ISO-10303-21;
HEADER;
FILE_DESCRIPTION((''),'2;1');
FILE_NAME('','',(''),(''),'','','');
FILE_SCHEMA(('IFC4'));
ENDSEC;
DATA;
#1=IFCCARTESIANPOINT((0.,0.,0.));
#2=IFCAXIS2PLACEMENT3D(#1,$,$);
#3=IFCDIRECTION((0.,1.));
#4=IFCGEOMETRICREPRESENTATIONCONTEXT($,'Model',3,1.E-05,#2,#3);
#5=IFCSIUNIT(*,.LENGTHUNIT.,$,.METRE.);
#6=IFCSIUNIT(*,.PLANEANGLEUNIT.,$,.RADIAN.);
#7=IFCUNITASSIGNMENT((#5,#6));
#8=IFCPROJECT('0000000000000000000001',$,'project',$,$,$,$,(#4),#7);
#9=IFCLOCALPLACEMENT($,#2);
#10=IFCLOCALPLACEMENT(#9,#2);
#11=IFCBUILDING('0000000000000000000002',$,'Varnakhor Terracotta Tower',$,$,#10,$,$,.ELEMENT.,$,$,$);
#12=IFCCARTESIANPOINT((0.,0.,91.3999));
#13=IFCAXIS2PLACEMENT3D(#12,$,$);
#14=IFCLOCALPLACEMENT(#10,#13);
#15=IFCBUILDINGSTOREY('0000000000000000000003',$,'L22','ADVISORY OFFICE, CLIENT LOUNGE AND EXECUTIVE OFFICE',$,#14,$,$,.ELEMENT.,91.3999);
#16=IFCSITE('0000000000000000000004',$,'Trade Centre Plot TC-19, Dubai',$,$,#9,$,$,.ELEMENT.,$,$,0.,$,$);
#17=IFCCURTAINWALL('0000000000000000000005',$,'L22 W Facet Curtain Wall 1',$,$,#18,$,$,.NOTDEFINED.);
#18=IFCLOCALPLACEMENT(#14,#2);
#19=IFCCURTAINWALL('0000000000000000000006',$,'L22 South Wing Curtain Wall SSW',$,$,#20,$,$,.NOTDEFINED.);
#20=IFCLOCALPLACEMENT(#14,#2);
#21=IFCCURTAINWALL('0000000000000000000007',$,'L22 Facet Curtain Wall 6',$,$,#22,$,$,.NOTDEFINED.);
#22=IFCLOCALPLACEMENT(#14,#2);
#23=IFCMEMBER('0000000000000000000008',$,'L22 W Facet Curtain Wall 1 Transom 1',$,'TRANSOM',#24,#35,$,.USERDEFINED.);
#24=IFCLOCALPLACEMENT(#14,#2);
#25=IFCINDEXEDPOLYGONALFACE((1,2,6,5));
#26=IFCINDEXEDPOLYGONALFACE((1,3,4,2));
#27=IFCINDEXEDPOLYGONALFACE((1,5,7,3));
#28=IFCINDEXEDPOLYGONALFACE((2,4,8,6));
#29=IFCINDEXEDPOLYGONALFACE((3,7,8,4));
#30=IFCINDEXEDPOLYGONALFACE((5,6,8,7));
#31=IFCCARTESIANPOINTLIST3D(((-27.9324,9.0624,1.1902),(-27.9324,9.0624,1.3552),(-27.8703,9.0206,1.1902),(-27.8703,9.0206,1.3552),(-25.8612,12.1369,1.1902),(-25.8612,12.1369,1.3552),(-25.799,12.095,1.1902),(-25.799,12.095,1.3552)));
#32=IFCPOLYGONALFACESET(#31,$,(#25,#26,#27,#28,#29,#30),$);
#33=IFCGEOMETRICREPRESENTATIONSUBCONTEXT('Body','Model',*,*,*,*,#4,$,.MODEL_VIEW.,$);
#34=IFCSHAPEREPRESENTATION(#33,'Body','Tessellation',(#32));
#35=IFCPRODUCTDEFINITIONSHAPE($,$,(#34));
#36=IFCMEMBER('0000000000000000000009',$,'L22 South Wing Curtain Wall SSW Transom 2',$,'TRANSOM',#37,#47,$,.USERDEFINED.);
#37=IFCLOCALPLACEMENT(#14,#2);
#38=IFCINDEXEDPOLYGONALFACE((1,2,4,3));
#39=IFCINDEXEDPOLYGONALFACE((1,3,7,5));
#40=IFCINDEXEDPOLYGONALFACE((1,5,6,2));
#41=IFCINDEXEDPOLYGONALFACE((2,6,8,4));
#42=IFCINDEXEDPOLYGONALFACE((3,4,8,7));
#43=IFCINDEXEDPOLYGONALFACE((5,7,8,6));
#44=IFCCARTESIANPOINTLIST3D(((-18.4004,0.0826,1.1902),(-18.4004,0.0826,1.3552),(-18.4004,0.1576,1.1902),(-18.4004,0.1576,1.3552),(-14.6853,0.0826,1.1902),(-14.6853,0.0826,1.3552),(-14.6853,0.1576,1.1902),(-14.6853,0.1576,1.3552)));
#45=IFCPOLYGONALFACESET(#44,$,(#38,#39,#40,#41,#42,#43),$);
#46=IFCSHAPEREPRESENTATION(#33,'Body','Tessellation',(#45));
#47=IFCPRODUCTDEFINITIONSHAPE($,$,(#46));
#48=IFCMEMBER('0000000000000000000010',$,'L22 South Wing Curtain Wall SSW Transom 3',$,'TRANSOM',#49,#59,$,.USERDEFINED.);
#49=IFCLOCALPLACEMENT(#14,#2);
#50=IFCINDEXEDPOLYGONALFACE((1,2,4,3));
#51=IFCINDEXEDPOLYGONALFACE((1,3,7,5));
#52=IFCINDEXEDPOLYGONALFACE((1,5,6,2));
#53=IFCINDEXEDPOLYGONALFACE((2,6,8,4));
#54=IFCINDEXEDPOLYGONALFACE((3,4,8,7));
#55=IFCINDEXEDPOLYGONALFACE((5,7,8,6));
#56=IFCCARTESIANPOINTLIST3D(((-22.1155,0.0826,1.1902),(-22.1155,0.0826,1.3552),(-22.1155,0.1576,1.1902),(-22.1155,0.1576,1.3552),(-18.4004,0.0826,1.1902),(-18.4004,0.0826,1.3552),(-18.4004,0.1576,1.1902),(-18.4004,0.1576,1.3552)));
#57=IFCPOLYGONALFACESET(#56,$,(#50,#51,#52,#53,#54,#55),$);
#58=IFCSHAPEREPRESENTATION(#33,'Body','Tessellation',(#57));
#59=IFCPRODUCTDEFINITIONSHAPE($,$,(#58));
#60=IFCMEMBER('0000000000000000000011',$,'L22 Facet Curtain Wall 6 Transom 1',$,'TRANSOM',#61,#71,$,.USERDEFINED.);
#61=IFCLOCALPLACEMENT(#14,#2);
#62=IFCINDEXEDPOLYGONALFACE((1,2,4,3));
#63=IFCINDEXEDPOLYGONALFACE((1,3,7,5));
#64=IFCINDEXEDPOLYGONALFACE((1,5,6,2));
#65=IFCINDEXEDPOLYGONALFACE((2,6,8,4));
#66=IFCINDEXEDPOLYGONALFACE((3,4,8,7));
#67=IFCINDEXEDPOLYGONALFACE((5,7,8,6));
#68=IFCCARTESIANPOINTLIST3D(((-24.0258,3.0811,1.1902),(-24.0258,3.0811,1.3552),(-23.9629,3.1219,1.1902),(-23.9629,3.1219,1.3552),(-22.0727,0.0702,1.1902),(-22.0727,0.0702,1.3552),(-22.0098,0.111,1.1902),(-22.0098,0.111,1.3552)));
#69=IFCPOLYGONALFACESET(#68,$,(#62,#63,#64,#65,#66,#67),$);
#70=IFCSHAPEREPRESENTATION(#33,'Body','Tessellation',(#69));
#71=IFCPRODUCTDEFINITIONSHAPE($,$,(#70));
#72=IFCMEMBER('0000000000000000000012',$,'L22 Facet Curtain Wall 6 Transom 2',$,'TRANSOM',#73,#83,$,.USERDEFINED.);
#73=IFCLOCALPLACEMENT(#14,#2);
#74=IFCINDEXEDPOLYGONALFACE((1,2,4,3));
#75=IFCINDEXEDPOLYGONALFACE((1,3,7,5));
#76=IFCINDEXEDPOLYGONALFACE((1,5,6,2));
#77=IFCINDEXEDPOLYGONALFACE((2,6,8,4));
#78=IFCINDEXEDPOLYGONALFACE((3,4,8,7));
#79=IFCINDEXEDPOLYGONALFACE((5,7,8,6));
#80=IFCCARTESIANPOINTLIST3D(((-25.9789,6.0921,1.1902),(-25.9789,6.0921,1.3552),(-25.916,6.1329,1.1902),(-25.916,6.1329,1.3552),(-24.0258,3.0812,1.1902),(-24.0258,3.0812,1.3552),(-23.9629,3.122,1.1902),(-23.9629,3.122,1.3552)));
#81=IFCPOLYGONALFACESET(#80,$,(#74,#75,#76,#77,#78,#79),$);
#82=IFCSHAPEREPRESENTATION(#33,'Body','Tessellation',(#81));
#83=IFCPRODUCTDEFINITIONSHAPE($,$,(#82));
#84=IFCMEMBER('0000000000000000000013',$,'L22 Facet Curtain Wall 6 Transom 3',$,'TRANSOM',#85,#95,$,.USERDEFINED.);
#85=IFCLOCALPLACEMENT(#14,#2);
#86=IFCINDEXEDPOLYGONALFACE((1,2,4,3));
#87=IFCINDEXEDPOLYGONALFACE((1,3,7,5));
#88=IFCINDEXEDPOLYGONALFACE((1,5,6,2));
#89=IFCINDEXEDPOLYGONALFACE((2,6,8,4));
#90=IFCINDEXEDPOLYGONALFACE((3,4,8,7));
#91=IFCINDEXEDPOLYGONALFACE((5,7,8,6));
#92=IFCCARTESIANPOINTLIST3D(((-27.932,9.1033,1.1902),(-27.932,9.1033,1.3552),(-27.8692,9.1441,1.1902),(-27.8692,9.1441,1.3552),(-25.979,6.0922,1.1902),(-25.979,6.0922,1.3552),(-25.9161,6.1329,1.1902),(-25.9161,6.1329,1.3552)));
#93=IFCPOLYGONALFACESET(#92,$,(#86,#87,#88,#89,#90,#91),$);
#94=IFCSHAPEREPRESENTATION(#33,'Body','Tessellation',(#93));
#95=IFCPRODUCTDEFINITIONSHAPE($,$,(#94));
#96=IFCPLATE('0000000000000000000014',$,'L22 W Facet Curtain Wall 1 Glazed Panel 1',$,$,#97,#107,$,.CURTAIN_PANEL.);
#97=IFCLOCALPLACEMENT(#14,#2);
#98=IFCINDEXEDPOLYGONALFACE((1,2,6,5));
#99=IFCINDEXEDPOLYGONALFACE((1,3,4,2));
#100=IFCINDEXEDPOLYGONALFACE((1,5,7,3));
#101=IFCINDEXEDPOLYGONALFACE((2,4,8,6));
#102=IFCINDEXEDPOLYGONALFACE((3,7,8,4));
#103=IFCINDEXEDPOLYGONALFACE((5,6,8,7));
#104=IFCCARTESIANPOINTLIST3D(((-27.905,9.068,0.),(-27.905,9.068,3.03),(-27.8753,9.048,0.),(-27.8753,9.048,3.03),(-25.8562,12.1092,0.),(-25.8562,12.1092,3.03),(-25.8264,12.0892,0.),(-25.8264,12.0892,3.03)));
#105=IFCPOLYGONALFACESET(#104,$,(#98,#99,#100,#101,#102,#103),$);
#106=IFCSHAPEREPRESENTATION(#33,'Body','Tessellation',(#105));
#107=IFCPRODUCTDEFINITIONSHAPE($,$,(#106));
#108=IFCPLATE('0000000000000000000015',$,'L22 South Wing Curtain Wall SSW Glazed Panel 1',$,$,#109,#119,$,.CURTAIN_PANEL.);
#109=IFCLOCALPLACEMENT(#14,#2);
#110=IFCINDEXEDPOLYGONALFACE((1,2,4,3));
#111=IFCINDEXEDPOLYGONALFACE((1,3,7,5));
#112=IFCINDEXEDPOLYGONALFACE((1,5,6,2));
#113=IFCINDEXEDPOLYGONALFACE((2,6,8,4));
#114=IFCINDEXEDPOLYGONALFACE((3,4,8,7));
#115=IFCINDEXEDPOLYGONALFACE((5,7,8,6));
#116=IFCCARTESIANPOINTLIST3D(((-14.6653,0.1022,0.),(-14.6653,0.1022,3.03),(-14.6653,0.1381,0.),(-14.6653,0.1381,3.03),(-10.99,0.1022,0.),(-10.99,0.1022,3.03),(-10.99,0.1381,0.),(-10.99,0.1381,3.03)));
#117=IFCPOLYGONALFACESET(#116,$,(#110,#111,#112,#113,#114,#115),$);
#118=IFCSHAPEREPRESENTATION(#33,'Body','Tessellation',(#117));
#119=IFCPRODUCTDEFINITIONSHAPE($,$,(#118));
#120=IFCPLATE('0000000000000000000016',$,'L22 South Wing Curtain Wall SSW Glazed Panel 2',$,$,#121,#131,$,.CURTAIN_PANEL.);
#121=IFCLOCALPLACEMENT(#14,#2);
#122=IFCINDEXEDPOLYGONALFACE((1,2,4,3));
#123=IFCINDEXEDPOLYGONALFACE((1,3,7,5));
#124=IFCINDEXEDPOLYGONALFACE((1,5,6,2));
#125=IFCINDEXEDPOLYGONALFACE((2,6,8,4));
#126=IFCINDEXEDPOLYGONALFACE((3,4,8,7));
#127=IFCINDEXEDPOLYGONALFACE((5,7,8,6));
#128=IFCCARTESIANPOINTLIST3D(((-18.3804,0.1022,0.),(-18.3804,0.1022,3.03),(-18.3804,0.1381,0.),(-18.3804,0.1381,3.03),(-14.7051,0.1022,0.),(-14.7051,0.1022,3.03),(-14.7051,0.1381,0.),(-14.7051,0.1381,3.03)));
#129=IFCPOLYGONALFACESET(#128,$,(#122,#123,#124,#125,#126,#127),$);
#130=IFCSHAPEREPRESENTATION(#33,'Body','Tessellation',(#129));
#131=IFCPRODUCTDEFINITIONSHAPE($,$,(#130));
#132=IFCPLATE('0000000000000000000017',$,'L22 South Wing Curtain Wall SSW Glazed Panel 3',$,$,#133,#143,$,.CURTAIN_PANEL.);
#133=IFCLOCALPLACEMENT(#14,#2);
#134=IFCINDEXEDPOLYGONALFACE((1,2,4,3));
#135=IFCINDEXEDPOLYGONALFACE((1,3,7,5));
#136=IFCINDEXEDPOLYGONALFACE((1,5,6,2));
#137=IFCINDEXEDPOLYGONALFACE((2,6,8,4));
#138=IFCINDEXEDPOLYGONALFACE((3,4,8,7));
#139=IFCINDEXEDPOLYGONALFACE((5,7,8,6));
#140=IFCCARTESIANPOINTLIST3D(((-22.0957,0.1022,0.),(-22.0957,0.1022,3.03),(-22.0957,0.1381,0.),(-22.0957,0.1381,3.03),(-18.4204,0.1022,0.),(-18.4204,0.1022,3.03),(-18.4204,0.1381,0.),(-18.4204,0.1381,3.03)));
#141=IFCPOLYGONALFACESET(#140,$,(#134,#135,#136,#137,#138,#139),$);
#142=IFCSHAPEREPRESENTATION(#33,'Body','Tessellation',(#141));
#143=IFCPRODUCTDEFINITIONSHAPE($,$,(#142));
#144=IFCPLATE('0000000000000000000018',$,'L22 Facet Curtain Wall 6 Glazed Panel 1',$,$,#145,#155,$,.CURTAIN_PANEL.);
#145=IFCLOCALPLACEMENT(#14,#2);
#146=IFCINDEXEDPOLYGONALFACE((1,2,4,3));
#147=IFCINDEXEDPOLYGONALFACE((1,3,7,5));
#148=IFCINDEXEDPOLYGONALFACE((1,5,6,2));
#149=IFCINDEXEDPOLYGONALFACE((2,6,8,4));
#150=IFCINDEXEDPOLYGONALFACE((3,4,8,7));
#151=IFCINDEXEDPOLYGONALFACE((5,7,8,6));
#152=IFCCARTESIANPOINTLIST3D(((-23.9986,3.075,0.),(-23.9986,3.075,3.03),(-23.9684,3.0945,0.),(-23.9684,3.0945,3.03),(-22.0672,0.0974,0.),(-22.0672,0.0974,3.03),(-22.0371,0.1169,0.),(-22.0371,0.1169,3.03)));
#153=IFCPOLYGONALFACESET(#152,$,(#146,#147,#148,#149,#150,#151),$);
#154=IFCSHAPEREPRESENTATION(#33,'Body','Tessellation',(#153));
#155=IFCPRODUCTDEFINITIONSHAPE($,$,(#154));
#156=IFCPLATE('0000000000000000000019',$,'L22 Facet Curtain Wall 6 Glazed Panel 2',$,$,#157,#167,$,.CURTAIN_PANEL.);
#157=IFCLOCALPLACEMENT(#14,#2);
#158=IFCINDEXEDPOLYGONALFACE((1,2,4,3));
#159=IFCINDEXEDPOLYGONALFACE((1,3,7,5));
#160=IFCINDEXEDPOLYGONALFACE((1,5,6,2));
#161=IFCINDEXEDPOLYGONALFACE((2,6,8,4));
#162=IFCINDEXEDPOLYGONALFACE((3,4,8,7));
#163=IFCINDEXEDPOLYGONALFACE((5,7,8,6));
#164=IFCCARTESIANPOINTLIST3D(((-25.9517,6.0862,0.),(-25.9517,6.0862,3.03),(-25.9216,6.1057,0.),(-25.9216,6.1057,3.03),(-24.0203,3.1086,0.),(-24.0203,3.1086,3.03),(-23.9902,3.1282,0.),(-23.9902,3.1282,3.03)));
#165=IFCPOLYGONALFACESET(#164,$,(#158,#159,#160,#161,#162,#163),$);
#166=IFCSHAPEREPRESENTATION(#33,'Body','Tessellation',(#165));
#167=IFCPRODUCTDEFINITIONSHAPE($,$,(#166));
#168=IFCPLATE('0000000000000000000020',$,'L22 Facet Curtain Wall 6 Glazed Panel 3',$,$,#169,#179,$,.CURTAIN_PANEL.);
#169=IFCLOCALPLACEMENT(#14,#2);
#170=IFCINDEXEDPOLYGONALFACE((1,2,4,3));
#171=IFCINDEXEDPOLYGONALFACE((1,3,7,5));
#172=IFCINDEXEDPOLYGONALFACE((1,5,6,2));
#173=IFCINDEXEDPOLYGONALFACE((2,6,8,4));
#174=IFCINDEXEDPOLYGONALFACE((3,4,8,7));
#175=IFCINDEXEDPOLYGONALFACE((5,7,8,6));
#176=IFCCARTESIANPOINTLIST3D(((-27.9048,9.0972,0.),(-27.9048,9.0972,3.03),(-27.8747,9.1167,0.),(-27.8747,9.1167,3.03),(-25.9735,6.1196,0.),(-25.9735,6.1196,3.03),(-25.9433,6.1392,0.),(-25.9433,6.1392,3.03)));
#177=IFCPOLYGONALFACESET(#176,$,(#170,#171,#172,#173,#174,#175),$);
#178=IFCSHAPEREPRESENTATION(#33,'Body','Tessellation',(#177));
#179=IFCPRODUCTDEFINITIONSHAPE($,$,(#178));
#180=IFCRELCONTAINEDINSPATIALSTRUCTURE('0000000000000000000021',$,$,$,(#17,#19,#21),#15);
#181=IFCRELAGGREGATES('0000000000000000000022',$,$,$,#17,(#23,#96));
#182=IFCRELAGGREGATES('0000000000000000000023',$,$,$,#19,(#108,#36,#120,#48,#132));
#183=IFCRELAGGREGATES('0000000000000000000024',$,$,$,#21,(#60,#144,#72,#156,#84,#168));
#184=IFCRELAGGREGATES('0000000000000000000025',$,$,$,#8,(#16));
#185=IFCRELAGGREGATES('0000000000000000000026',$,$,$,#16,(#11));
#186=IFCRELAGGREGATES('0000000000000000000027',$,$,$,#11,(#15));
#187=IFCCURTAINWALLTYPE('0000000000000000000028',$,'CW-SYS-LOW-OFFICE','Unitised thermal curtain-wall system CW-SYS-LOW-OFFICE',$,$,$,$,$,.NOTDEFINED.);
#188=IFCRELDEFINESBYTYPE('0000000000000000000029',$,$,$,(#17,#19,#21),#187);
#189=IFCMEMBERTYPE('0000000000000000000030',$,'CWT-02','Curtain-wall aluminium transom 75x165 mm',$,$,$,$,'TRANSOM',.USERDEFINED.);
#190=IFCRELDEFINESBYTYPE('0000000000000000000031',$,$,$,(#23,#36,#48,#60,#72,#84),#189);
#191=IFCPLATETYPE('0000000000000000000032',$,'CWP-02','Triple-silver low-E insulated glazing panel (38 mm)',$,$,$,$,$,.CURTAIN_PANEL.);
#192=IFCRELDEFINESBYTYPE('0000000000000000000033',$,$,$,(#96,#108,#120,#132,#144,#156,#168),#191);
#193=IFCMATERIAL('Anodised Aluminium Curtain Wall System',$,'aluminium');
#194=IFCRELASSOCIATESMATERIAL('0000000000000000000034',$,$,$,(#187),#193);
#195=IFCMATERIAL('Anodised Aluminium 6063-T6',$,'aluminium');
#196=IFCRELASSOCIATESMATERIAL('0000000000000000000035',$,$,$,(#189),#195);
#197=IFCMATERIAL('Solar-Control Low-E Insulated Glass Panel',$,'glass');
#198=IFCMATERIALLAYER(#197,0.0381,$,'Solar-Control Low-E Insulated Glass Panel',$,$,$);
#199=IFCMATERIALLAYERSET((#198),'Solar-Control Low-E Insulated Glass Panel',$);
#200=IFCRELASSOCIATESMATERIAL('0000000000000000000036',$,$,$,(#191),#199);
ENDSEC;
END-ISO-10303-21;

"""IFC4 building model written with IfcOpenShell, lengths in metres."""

from ifc_helpers import new_model, si_unit, direction, frame, origin, origin_2d, place, context, subcontext, project, spatial, rectangle, extrude, source, transform, mapped, material, layer, layer_set, material_profile, profile_set, type_object, element, aggregate, save


model = new_model("IFC4")

# Units and contexts
model_context = context("Model", 3, precision=1e-05, world=origin(), true_north=direction((0.0, 1.0)))
body_context = subcontext(model_context, "Body", "Model", "MODEL_VIEW")
ifc_project = project(units=[si_unit("LENGTHUNIT", "METRE"), si_unit("PLANEANGLEUNIT", "RADIAN")], contexts=[model_context])

# Site, building, storey
site_placement = place(None, origin())
site = spatial("IfcSite", under=ifc_project, at=site_placement, Name="Trade Centre Plot TC-19, Dubai", CompositionType="ELEMENT", RefElevation=0.0)
building_placement = place(site_placement, origin())
building = spatial("IfcBuilding", under=site, at=building_placement, Name="Varnakhor Terracotta Tower", CompositionType="ELEMENT")
storey_placement = place(building_placement, frame((0.0, 0.0, 91.3999)))
storey = spatial("IfcBuildingStorey", under=building, at=storey_placement, Name="L22", Description="ADVISORY OFFICE, CLIENT LOUNGE AND EXECUTIVE OFFICE", CompositionType="ELEMENT", Elevation=91.3999)

# Curtain wall
ifc_material_1 = material(Name="Anodised Aluminium Curtain Wall System", Category="aluminium")
curtain_wall_type = type_object("IfcCurtainWallType", Name="CW-SYS-LOW-OFFICE", Description="Unitised thermal curtain-wall system CW-SYS-LOW-OFFICE", PredefinedType="NOTDEFINED", material=ifc_material_1)
curtain_wall_1_placement = place(storey_placement, origin())
curtain_wall_1 = element("IfcCurtainWall", 1, at=curtain_wall_1_placement, inside=storey, type_object=curtain_wall_type, Name="L22 W Facet Curtain Wall 1", PredefinedType="NOTDEFINED")
ifc_material_2 = material(Name="Anodised Aluminium 6063-T6", Category="aluminium")

# Curtain walls
curtain_wall_2_placement = place(storey_placement, origin())
curtain_wall_2 = element("IfcCurtainWall", 2, at=curtain_wall_2_placement, inside=storey, type_object=curtain_wall_type, Name="L22 South Wing Curtain Wall SSW", PredefinedType="NOTDEFINED")
curtain_wall_3_placement = place(storey_placement, origin())
curtain_wall_3 = element("IfcCurtainWall", 3, at=curtain_wall_3_placement, inside=storey, type_object=curtain_wall_type, Name="L22 Facet Curtain Wall 6", PredefinedType="NOTDEFINED")

# Members
ifc_material_profile_1 = material_profile(ifc_material_2, rectangle(XDim=0.075, YDim=0.165, at=origin_2d()), Name="ALU TRANSOM 75x165")
ifc_profile_set_1 = profile_set([ifc_material_profile_1], Name="Anodised Aluminium 6063-T6")
member_type_1 = type_object("IfcMemberType", Name="CWT-02", Description="Curtain-wall aluminium transom 75x165 mm", ElementType="TRANSOM", PredefinedType="USERDEFINED", material=ifc_profile_set_1)
shared_shape_1 = source(origin(), body_context, "Body", "SweptSolid", [
    extrude(rectangle(XDim=0.075, YDim=0.165, at=origin_2d()), origin(), (0.0, 0.0, 1.0), 3.707),
])
member_1_placement = place(storey_placement, frame((-27.9014, 9.0415, 1.2727), z_axis=(0.558736, 0.829345, 0.0), x_axis=(-0.829345, 0.558736, 0.0)))
member_1 = element("IfcMember", 4, at=member_1_placement, type_object=member_type_1, Name="L22 W Facet Curtain Wall 1 Transom 1", ObjectType="TRANSOM", PredefinedType="USERDEFINED", context=body_context, shape_type="MappedRepresentation", body=[
    mapped(shared_shape_1, transform((0.0, 0.0, 0.0), scale=1.0)),
])
shared_shape_2 = source(origin(), body_context, "Body", "SweptSolid", [
    extrude(rectangle(XDim=0.075, YDim=0.165, at=origin_2d()), origin(), (0.0, 0.0, 1.0), 3.7151),
])
member_2_placement = place(storey_placement, frame((-14.6853, 0.1201, 1.2727), z_axis=(-1.0, 0.0, 0.0), x_axis=(0.0, -1.0, 0.0)))
member_2 = element("IfcMember", 5, at=member_2_placement, type_object=member_type_1, Name="L22 South Wing Curtain Wall SSW Transom 2", ObjectType="TRANSOM", PredefinedType="USERDEFINED", context=body_context, shape_type="MappedRepresentation", body=[
    mapped(shared_shape_2, transform((0.0, 0.0, 0.0), scale=1.0)),
])
member_3_placement = place(storey_placement, frame((-18.4004, 0.1201, 1.2727), z_axis=(-1.0, 0.0, 0.0), x_axis=(0.0, -1.0, 0.0)))
member_3 = element("IfcMember", 6, at=member_3_placement, type_object=member_type_1, Name="L22 South Wing Curtain Wall SSW Transom 3", ObjectType="TRANSOM", PredefinedType="USERDEFINED", context=body_context, shape_type="MappedRepresentation", body=[
    mapped(shared_shape_2, transform((0.0, 0.0, 0.0), scale=1.0)),
])
shared_shape_3 = source(origin(), body_context, "Body", "SweptSolid", [
    extrude(rectangle(XDim=0.075, YDim=0.165, at=origin_2d()), origin(), (0.0, 0.0, 1.0), 3.5889),
])
member_4_placement = place(storey_placement, frame((-22.0413, 0.0906, 1.2727), z_axis=(-0.544201, 0.838955, 0.0), x_axis=(-0.838955, -0.544201, 0.0)))
member_4 = element("IfcMember", 7, at=member_4_placement, type_object=member_type_1, Name="L22 Facet Curtain Wall 6 Transom 1", ObjectType="TRANSOM", PredefinedType="USERDEFINED", context=body_context, shape_type="MappedRepresentation", body=[
    mapped(shared_shape_3, transform((0.0, 0.0, 0.0), scale=1.0)),
])
member_5_placement = place(storey_placement, frame((-23.9944, 3.1016, 1.2727), z_axis=(-0.544201, 0.838955, 0.0), x_axis=(-0.838955, -0.544201, 0.0)))
member_5 = element("IfcMember", 8, at=member_5_placement, type_object=member_type_1, Name="L22 Facet Curtain Wall 6 Transom 2", ObjectType="TRANSOM", PredefinedType="USERDEFINED", context=body_context, shape_type="MappedRepresentation", body=[
    mapped(shared_shape_3, transform((0.0, 0.0, 0.0), scale=1.0)),
])
shared_shape_4 = source(origin(), body_context, "Body", "SweptSolid", [
    extrude(rectangle(XDim=0.075, YDim=0.165, at=origin_2d()), origin(), (0.0, 0.0, 1.0), 3.5891),
])
member_6_placement = place(storey_placement, frame((-25.9475, 6.1125, 1.2727), z_axis=(-0.54417, 0.838975, 0.0), x_axis=(-0.838975, -0.54417, 0.0)))
member_6 = element("IfcMember", 9, at=member_6_placement, type_object=member_type_1, Name="L22 Facet Curtain Wall 6 Transom 3", ObjectType="TRANSOM", PredefinedType="USERDEFINED", context=body_context, shape_type="MappedRepresentation", body=[
    mapped(shared_shape_4, transform((0.0, 0.0, 0.0), scale=1.0)),
])

# Plates
ifc_material_3 = material(Name="Solar-Control Low-E Insulated Glass Panel", Category="glass")
ifc_layer_1 = layer(ifc_material_3, 0.0381, Name="Solar-Control Low-E Insulated Glass Panel")
ifc_layer_set_1 = layer_set([ifc_layer_1], Name="Solar-Control Low-E Insulated Glass Panel")
plate_type = type_object("IfcPlateType", Name="CWP-02", Description="Triple-silver low-E insulated glazing panel (38 mm)", PredefinedType="CURTAIN_PANEL", material=ifc_layer_set_1)
shared_shape_5 = source(origin(), body_context, "Body", "SweptSolid", [
    extrude(rectangle(XDim=3.667, YDim=0.0359, at=origin_2d()), origin(), (0.0, 0.0, 1.0), 3.03),
])
plate_1_placement = place(storey_placement, frame((-26.8657, 10.5786, 0.0), z_axis=(0.0, 0.0, 1.0), x_axis=(0.55873, 0.82935, 0.0)))
plate_1 = element("IfcPlate", 10, at=plate_1_placement, type_object=plate_type, Name="L22 W Facet Curtain Wall 1 Glazed Panel 1", PredefinedType="CURTAIN_PANEL", context=body_context, shape_type="MappedRepresentation", body=[
    mapped(shared_shape_5, transform((0.0, 0.0, 0.0), scale=1.0)),
])
aggregate(curtain_wall_1, [member_1, plate_1])
shared_shape_6 = source(origin(), body_context, "Body", "SweptSolid", [
    extrude(rectangle(XDim=3.6753, YDim=0.0359, at=origin_2d()), origin(), (0.0, 0.0, 1.0), 3.03),
])
plate_2_placement = place(storey_placement, frame((-12.8276, 0.1201, 0.0), z_axis=(0.0, 0.0, 1.0), x_axis=(-1.0, 0.0, 0.0)))
plate_2 = element("IfcPlate", 11, at=plate_2_placement, type_object=plate_type, Name="L22 South Wing Curtain Wall SSW Glazed Panel 1", PredefinedType="CURTAIN_PANEL", context=body_context, shape_type="MappedRepresentation", body=[
    mapped(shared_shape_6, transform((0.0, 0.0, 0.0), scale=1.0)),
])
plate_3_placement = place(storey_placement, frame((-16.5427, 0.1201, 0.0), z_axis=(0.0, 0.0, 1.0), x_axis=(-1.0, 0.0, 0.0)))
plate_3 = element("IfcPlate", 12, at=plate_3_placement, type_object=plate_type, Name="L22 South Wing Curtain Wall SSW Glazed Panel 2", PredefinedType="CURTAIN_PANEL", context=body_context, shape_type="MappedRepresentation", body=[
    mapped(shared_shape_6, transform((0.0, 0.0, 0.0), scale=1.0)),
])
plate_4_placement = place(storey_placement, frame((-20.2581, 0.1201, 0.0), z_axis=(0.0, 0.0, 1.0), x_axis=(-1.0, 0.0, 0.0)))
plate_4 = element("IfcPlate", 13, at=plate_4_placement, type_object=plate_type, Name="L22 South Wing Curtain Wall SSW Glazed Panel 3", PredefinedType="CURTAIN_PANEL", context=body_context, shape_type="MappedRepresentation", body=[
    mapped(shared_shape_6, transform((0.0, 0.0, 0.0), scale=1.0)),
])
aggregate(curtain_wall_2, [plate_2, member_2, plate_3, member_3, plate_4])
shared_shape_7 = source(origin(), body_context, "Body", "SweptSolid", [
    extrude(rectangle(XDim=3.5491, YDim=0.0359, at=origin_2d()), origin(), (0.0, 0.0, 1.0), 3.03),
])
plate_5_placement = place(storey_placement, frame((-23.0178, 1.5959, 0.0), z_axis=(0.0, 0.0, 1.0), x_axis=(-0.544185, 0.838965, 0.0)))
plate_5 = element("IfcPlate", 14, at=plate_5_placement, type_object=plate_type, Name="L22 Facet Curtain Wall 6 Glazed Panel 1", PredefinedType="CURTAIN_PANEL", context=body_context, shape_type="MappedRepresentation", body=[
    mapped(shared_shape_7, transform((0.0, 0.0, 0.0), scale=1.0)),
])
plate_6_placement = place(storey_placement, frame((-24.9709, 4.6072, 0.0), z_axis=(0.0, 0.0, 1.0), x_axis=(-0.544185, 0.838965, 0.0)))
plate_6 = element("IfcPlate", 15, at=plate_6_placement, type_object=plate_type, Name="L22 Facet Curtain Wall 6 Glazed Panel 2", PredefinedType="CURTAIN_PANEL", context=body_context, shape_type="MappedRepresentation", body=[
    mapped(shared_shape_7, transform((0.0, 0.0, 0.0), scale=1.0)),
])
plate_7_placement = place(storey_placement, frame((-26.9241, 7.6182, 0.0), z_axis=(0.0, 0.0, 1.0), x_axis=(-0.544185, 0.838965, 0.0)))
plate_7 = element("IfcPlate", 16, at=plate_7_placement, type_object=plate_type, Name="L22 Facet Curtain Wall 6 Glazed Panel 3", PredefinedType="CURTAIN_PANEL", context=body_context, shape_type="MappedRepresentation", body=[
    mapped(shared_shape_7, transform((0.0, 0.0, 0.0), scale=1.0)),
])
aggregate(curtain_wall_3, [member_4, plate_5, member_5, plate_6, member_6, plate_7])

save(model, "model.ifc")
